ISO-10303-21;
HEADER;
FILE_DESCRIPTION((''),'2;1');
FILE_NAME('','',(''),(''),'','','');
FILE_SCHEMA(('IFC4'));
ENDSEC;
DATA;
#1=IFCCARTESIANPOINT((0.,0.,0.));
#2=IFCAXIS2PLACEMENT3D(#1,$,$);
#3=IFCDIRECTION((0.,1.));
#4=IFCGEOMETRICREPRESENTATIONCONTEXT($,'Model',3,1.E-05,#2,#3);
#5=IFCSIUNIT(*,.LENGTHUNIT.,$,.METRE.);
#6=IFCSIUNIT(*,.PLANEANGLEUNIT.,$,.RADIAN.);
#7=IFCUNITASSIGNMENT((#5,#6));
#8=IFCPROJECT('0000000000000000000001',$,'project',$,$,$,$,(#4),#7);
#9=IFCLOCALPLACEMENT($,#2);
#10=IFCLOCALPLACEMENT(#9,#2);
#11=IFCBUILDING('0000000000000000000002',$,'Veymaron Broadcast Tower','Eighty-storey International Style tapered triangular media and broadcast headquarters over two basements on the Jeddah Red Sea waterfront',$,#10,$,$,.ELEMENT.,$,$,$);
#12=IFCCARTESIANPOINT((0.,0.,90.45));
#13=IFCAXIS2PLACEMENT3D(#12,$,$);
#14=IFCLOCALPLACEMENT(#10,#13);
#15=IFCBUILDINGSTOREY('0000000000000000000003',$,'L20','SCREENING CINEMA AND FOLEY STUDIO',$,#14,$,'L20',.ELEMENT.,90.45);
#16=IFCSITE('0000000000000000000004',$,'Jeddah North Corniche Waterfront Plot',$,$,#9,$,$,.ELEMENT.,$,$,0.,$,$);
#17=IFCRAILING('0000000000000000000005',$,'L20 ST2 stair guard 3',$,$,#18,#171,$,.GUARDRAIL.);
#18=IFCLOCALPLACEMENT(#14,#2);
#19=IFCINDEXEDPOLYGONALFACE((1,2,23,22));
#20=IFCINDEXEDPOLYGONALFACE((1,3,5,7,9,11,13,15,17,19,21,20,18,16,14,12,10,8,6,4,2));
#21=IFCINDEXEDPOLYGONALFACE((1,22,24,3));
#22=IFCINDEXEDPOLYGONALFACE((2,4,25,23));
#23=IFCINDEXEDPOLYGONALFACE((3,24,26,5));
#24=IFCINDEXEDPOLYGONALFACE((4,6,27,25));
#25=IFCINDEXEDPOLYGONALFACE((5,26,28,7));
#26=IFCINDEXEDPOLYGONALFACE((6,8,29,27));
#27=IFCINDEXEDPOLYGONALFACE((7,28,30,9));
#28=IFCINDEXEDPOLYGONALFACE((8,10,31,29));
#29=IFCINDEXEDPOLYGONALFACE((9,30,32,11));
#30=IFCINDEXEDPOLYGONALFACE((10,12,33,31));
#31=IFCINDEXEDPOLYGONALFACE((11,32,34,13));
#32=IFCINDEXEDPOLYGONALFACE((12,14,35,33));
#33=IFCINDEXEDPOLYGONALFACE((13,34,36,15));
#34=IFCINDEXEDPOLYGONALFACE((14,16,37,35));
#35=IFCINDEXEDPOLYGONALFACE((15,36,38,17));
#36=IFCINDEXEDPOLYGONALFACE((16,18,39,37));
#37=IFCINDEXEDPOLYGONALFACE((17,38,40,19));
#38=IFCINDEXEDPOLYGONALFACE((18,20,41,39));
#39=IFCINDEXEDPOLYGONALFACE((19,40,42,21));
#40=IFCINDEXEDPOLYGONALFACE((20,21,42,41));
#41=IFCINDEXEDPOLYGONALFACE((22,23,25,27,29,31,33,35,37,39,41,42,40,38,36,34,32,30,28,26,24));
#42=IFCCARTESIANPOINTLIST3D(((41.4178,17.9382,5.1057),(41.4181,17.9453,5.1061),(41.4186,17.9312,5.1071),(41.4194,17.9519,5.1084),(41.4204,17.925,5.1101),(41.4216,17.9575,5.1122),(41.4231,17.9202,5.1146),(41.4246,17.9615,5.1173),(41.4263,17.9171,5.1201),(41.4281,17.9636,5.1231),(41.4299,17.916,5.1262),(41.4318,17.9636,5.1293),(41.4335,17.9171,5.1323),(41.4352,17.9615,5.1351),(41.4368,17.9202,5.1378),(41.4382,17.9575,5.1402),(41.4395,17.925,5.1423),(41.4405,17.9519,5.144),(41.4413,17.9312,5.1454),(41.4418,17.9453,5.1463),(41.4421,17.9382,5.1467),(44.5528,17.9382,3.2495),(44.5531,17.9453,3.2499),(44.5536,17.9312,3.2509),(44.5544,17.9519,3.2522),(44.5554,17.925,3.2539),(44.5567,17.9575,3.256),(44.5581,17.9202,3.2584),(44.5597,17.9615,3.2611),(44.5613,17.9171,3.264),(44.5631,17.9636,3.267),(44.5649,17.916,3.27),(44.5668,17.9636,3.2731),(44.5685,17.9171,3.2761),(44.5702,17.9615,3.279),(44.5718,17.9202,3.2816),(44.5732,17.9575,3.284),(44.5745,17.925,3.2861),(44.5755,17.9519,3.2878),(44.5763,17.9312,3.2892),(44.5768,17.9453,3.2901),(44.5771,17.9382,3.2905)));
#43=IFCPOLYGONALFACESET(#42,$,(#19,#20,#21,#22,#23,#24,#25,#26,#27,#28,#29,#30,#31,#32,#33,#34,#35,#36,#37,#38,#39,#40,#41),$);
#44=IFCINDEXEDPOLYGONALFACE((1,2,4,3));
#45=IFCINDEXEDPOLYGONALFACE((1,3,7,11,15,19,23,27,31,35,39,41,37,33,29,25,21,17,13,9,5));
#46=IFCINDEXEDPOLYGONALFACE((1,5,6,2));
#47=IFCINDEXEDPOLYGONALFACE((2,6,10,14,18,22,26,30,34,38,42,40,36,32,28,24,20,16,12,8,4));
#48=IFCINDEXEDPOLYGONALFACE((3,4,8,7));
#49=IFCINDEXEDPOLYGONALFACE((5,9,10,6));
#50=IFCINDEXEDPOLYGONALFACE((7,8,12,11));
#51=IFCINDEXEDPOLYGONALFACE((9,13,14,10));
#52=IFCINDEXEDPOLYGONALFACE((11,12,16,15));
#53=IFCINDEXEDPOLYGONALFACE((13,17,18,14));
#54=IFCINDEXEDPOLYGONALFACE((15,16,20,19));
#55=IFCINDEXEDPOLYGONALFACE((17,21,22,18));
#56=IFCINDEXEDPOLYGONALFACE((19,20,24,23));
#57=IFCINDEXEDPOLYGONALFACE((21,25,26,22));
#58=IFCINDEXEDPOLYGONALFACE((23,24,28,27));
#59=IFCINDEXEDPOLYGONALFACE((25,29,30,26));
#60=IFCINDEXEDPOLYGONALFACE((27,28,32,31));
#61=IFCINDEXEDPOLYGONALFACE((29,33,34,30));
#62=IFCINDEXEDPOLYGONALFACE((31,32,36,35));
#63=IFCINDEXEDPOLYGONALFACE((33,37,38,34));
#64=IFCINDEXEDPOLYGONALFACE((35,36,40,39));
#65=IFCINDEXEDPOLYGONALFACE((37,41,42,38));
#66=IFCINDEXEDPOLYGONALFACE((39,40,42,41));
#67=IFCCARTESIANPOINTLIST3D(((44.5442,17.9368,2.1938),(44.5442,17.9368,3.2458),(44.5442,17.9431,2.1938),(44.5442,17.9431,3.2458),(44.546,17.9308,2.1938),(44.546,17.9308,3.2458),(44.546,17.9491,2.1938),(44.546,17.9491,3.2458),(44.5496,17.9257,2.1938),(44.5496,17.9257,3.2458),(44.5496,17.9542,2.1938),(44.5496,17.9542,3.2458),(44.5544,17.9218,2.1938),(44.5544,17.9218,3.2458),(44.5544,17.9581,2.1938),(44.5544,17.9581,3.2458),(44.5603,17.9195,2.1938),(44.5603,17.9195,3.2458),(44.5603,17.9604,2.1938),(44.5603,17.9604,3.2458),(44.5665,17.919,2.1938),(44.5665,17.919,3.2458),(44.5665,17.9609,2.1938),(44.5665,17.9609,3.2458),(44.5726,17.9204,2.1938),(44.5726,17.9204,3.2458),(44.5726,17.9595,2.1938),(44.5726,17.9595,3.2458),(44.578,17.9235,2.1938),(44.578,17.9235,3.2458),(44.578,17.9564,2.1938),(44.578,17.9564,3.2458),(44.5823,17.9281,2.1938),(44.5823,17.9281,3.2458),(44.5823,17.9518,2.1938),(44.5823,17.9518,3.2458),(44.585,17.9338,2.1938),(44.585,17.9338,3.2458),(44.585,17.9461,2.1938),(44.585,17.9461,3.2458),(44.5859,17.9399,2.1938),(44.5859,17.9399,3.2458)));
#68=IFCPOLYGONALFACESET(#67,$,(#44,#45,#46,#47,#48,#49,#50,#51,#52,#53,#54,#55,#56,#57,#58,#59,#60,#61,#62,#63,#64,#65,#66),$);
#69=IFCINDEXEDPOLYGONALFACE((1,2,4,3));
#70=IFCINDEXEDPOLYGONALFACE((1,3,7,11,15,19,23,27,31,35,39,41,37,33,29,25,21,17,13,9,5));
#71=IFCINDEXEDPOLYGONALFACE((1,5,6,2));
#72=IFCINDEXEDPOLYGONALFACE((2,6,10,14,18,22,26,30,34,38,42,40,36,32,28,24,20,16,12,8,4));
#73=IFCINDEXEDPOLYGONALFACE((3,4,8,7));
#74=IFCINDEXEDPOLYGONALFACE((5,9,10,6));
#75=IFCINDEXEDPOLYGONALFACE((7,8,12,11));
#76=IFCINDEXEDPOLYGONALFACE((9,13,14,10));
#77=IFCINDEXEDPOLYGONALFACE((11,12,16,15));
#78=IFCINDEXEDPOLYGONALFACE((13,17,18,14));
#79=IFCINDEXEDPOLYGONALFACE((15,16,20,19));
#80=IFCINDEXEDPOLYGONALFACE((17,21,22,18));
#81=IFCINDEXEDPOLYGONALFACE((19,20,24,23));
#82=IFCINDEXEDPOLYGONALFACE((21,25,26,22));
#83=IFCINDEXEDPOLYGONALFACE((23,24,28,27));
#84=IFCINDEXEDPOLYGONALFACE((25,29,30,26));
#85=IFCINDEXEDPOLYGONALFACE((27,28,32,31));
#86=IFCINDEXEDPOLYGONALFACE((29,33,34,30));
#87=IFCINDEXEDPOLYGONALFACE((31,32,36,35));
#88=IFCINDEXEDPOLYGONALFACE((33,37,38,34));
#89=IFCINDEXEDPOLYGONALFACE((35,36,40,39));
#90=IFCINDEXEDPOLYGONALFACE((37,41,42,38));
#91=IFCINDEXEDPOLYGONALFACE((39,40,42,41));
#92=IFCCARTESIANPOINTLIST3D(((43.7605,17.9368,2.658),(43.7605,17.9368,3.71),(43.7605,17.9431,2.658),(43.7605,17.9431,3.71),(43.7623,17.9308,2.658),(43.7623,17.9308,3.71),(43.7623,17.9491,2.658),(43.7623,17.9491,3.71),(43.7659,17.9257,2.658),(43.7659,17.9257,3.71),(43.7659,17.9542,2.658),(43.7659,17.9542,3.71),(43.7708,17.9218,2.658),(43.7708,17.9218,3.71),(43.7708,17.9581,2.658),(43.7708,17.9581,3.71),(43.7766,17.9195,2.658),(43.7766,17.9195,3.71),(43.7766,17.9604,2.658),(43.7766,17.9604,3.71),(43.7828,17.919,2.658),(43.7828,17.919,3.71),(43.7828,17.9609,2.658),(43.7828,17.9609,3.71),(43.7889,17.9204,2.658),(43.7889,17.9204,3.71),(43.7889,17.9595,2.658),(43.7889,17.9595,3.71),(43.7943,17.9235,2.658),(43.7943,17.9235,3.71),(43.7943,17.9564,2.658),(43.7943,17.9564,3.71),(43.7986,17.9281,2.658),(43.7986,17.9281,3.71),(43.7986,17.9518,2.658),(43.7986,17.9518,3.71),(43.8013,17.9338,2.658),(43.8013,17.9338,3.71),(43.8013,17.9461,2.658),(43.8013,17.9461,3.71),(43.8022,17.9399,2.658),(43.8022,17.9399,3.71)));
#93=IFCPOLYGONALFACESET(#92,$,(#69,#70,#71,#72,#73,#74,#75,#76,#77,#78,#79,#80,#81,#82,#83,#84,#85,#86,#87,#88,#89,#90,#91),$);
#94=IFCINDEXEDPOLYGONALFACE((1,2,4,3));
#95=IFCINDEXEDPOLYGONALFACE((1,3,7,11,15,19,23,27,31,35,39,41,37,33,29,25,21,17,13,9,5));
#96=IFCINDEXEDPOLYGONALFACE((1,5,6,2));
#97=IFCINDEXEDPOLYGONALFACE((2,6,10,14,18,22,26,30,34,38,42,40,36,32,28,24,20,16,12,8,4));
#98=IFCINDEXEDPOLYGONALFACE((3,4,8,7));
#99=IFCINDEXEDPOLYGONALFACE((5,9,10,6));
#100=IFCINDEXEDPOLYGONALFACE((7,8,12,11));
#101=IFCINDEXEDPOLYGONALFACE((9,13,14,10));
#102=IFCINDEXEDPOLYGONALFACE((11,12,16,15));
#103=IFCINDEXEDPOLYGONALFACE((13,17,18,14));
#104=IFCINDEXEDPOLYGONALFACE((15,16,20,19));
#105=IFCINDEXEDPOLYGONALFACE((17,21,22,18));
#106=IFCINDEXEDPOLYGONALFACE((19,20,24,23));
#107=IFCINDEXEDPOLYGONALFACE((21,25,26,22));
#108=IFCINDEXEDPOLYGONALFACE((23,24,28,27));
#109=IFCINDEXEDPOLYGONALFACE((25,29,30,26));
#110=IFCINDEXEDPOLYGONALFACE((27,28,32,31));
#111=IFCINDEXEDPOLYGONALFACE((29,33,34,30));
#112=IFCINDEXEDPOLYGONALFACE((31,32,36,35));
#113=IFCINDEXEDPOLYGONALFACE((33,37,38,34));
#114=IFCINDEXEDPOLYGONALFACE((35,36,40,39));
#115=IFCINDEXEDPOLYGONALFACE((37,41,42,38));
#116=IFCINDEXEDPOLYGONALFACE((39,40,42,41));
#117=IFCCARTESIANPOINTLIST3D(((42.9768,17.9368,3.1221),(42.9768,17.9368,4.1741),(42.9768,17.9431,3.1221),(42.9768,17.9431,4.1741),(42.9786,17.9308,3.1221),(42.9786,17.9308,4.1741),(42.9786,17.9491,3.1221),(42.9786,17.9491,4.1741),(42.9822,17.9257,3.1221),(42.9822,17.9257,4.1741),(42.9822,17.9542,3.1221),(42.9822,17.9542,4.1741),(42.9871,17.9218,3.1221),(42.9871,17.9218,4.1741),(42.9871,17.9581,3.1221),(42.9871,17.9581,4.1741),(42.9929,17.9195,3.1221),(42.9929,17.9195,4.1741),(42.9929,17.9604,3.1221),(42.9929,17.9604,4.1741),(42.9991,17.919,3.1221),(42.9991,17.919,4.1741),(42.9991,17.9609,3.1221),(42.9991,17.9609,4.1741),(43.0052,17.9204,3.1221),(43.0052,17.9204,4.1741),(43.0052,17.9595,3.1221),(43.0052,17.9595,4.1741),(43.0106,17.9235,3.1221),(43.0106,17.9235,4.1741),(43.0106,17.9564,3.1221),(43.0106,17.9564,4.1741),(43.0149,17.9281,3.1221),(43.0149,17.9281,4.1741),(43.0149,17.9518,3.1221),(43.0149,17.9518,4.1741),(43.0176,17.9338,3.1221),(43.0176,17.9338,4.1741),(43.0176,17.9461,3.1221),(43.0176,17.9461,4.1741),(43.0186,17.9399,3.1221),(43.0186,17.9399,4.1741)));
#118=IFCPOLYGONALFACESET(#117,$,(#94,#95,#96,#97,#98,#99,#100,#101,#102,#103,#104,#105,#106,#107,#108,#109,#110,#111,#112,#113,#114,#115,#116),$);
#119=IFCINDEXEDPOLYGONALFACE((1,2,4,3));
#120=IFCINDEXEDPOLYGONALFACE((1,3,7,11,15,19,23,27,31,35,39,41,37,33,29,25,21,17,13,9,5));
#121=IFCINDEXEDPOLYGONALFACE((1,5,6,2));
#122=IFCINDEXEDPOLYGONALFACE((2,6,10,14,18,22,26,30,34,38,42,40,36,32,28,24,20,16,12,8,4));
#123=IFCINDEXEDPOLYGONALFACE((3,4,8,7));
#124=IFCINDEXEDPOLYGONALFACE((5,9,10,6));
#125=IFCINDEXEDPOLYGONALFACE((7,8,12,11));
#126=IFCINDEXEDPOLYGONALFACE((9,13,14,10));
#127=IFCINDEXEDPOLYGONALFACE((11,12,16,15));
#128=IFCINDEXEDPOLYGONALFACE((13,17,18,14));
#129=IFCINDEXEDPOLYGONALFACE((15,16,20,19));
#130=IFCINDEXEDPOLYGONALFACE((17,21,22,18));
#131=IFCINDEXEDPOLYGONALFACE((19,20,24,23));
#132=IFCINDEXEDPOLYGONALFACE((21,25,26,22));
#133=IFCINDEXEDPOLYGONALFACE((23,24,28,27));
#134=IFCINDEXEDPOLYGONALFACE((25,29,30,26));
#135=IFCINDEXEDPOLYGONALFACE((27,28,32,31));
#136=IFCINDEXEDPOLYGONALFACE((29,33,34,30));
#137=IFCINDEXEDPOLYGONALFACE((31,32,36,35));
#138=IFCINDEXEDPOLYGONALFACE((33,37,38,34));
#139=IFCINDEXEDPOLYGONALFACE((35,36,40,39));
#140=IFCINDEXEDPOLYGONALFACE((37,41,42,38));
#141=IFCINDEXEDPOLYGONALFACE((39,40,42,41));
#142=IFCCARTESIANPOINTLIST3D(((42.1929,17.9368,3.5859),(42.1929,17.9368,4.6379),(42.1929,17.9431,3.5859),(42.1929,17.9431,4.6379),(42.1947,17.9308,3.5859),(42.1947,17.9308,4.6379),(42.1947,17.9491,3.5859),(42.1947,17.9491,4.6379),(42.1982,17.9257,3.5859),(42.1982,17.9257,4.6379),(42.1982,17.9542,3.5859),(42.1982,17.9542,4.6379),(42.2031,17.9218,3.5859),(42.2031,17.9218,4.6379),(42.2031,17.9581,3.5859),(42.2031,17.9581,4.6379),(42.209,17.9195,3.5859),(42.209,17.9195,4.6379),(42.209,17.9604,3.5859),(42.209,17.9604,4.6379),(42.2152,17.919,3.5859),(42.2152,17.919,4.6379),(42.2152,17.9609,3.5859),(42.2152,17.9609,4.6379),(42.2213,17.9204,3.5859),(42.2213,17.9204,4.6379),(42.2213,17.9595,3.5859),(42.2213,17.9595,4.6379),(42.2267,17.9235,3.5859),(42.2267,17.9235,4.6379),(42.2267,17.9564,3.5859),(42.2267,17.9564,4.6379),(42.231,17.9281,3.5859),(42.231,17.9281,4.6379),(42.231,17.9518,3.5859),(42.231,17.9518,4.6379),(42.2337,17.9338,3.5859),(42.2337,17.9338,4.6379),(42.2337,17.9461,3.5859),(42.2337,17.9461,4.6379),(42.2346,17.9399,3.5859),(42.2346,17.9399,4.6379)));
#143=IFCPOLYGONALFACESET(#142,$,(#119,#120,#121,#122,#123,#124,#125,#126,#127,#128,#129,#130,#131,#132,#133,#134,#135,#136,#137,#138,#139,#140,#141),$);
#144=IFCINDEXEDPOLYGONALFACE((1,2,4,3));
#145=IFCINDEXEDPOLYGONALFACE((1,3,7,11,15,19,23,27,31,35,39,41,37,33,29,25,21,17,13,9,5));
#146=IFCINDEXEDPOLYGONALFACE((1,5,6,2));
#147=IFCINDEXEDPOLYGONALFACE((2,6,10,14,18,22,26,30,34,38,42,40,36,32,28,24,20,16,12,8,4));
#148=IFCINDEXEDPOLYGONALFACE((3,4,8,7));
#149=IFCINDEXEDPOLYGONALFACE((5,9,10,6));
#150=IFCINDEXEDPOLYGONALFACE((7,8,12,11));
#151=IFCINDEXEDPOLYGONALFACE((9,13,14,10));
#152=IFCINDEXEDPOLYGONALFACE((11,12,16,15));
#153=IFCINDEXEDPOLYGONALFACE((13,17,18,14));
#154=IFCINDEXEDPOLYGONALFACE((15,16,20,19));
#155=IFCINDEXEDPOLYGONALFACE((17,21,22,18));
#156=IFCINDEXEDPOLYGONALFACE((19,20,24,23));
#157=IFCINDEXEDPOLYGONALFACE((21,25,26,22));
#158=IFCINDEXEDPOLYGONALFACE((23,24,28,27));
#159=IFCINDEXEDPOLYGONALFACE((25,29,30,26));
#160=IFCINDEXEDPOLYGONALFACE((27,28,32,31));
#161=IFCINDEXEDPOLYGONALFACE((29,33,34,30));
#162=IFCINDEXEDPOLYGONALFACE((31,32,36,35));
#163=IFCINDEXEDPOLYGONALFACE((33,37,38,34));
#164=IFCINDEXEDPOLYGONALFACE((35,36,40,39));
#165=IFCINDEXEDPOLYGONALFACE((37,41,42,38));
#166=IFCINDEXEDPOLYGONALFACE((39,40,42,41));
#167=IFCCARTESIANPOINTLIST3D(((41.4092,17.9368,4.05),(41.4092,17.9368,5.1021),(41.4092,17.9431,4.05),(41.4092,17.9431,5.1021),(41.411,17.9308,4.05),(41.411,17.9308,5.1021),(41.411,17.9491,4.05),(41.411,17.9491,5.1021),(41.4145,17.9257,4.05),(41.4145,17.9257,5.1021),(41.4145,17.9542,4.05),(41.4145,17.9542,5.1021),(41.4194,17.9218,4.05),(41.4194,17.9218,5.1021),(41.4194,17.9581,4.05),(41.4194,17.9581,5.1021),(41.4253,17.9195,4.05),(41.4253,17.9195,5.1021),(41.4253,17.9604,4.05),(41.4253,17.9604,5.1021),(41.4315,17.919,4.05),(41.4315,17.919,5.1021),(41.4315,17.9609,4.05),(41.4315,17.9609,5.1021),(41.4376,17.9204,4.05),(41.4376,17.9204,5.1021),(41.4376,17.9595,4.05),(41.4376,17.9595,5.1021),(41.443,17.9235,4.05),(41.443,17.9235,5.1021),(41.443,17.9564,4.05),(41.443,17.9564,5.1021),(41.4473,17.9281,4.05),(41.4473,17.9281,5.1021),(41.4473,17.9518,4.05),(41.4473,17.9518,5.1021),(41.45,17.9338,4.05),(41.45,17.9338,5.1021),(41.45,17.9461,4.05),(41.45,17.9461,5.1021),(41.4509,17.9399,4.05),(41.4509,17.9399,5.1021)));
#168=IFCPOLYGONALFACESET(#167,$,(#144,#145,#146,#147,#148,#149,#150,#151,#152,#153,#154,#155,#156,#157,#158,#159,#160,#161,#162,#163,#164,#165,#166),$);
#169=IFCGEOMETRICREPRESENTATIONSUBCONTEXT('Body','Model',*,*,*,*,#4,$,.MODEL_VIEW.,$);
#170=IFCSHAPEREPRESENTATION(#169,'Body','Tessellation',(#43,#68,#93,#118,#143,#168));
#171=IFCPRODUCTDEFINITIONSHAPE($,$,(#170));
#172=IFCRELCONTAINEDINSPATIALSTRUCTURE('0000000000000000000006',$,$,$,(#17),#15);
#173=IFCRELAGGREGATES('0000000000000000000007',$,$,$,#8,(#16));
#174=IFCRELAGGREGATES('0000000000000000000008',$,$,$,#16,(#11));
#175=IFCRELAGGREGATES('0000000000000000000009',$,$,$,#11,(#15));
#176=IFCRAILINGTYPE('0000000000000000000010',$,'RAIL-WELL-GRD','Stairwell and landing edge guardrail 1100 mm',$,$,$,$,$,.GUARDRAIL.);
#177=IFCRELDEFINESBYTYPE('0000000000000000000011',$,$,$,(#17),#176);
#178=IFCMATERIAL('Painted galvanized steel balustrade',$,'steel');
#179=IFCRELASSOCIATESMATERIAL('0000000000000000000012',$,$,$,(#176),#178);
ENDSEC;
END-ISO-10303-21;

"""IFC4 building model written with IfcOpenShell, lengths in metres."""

from ifc_helpers import new_model, si_unit, direction, frame, origin, origin_2d, place, context, subcontext, project, spatial, circle, extrude, material, type_object, element, save


model = new_model("IFC4")

# Units and contexts
model_context = context("Model", 3, precision=1e-05, world=origin(), true_north=direction((0.0, 1.0)))
body_context = subcontext(model_context, "Body", "Model", "MODEL_VIEW")
ifc_project = project(units=[si_unit("LENGTHUNIT", "METRE"), si_unit("PLANEANGLEUNIT", "RADIAN")], contexts=[model_context])

# Site, building, storey
site_placement = place(None, origin())
site = spatial("IfcSite", under=ifc_project, at=site_placement, Name="Jeddah North Corniche Waterfront Plot", CompositionType="ELEMENT", RefElevation=0.0)
building_placement = place(site_placement, origin())
building = spatial("IfcBuilding", under=site, at=building_placement, Name="Veymaron Broadcast Tower", Description="Eighty-storey International Style tapered triangular media and broadcast headquarters over two basements on the Jeddah Red Sea waterfront", CompositionType="ELEMENT")
storey_placement = place(building_placement, frame((0.0, 0.0, 90.45)))
storey = spatial("IfcBuildingStorey", under=building, at=storey_placement, Name="L20", Description="SCREENING CINEMA AND FOLEY STUDIO", LongName="L20", CompositionType="ELEMENT", Elevation=90.45)

# Railing
ifc_material_1 = material(Name="Painted galvanized steel balustrade", Category="steel")
railing_type_1 = type_object("IfcRailingType", Name="RAIL-WELL-GRD", Description="Stairwell and landing edge guardrail 1100 mm", PredefinedType="GUARDRAIL", material=ifc_material_1)
railing_1_placement = place(storey_placement, frame((44.5649, 17.9399, 2.1938)))
element("IfcRailing", 1, at=railing_1_placement, inside=storey, type_object=railing_type_1, Name="L20 ST2 stair guard 3", PredefinedType="GUARDRAIL", context=body_context, shape_type="SweptSolid", body=[
    extrude(circle(Radius=0.0239, at=origin_2d()), frame((0.0, 0.0, 1.0762), z_axis=(-0.860482, 0.0, 0.509481), x_axis=(0.0, -1.0, 0.0)), (0.0, 0.0, 1.0), 3.6433),
    extrude(circle(Radius=0.021, at=origin_2d()), origin(), (0.0, 0.0, 1.0), 1.052),
    extrude(circle(Radius=0.021, at=origin_2d()), frame((-0.7837, 0.0, 0.4641)), (0.0, 0.0, 1.0), 1.052),
    extrude(circle(Radius=0.021, at=origin_2d()), frame((-1.5674, 0.0, 0.9282)), (0.0, 0.0, 1.0), 1.052),
    extrude(circle(Radius=0.021, at=origin_2d()), frame((-2.3513, 0.0, 1.3921)), (0.0, 0.0, 1.0), 1.052),
    extrude(circle(Radius=0.021, at=origin_2d()), frame((-3.135, 0.0, 1.8562)), (0.0, 0.0, 1.0), 1.052),
])

save(model, "model.ifc")
